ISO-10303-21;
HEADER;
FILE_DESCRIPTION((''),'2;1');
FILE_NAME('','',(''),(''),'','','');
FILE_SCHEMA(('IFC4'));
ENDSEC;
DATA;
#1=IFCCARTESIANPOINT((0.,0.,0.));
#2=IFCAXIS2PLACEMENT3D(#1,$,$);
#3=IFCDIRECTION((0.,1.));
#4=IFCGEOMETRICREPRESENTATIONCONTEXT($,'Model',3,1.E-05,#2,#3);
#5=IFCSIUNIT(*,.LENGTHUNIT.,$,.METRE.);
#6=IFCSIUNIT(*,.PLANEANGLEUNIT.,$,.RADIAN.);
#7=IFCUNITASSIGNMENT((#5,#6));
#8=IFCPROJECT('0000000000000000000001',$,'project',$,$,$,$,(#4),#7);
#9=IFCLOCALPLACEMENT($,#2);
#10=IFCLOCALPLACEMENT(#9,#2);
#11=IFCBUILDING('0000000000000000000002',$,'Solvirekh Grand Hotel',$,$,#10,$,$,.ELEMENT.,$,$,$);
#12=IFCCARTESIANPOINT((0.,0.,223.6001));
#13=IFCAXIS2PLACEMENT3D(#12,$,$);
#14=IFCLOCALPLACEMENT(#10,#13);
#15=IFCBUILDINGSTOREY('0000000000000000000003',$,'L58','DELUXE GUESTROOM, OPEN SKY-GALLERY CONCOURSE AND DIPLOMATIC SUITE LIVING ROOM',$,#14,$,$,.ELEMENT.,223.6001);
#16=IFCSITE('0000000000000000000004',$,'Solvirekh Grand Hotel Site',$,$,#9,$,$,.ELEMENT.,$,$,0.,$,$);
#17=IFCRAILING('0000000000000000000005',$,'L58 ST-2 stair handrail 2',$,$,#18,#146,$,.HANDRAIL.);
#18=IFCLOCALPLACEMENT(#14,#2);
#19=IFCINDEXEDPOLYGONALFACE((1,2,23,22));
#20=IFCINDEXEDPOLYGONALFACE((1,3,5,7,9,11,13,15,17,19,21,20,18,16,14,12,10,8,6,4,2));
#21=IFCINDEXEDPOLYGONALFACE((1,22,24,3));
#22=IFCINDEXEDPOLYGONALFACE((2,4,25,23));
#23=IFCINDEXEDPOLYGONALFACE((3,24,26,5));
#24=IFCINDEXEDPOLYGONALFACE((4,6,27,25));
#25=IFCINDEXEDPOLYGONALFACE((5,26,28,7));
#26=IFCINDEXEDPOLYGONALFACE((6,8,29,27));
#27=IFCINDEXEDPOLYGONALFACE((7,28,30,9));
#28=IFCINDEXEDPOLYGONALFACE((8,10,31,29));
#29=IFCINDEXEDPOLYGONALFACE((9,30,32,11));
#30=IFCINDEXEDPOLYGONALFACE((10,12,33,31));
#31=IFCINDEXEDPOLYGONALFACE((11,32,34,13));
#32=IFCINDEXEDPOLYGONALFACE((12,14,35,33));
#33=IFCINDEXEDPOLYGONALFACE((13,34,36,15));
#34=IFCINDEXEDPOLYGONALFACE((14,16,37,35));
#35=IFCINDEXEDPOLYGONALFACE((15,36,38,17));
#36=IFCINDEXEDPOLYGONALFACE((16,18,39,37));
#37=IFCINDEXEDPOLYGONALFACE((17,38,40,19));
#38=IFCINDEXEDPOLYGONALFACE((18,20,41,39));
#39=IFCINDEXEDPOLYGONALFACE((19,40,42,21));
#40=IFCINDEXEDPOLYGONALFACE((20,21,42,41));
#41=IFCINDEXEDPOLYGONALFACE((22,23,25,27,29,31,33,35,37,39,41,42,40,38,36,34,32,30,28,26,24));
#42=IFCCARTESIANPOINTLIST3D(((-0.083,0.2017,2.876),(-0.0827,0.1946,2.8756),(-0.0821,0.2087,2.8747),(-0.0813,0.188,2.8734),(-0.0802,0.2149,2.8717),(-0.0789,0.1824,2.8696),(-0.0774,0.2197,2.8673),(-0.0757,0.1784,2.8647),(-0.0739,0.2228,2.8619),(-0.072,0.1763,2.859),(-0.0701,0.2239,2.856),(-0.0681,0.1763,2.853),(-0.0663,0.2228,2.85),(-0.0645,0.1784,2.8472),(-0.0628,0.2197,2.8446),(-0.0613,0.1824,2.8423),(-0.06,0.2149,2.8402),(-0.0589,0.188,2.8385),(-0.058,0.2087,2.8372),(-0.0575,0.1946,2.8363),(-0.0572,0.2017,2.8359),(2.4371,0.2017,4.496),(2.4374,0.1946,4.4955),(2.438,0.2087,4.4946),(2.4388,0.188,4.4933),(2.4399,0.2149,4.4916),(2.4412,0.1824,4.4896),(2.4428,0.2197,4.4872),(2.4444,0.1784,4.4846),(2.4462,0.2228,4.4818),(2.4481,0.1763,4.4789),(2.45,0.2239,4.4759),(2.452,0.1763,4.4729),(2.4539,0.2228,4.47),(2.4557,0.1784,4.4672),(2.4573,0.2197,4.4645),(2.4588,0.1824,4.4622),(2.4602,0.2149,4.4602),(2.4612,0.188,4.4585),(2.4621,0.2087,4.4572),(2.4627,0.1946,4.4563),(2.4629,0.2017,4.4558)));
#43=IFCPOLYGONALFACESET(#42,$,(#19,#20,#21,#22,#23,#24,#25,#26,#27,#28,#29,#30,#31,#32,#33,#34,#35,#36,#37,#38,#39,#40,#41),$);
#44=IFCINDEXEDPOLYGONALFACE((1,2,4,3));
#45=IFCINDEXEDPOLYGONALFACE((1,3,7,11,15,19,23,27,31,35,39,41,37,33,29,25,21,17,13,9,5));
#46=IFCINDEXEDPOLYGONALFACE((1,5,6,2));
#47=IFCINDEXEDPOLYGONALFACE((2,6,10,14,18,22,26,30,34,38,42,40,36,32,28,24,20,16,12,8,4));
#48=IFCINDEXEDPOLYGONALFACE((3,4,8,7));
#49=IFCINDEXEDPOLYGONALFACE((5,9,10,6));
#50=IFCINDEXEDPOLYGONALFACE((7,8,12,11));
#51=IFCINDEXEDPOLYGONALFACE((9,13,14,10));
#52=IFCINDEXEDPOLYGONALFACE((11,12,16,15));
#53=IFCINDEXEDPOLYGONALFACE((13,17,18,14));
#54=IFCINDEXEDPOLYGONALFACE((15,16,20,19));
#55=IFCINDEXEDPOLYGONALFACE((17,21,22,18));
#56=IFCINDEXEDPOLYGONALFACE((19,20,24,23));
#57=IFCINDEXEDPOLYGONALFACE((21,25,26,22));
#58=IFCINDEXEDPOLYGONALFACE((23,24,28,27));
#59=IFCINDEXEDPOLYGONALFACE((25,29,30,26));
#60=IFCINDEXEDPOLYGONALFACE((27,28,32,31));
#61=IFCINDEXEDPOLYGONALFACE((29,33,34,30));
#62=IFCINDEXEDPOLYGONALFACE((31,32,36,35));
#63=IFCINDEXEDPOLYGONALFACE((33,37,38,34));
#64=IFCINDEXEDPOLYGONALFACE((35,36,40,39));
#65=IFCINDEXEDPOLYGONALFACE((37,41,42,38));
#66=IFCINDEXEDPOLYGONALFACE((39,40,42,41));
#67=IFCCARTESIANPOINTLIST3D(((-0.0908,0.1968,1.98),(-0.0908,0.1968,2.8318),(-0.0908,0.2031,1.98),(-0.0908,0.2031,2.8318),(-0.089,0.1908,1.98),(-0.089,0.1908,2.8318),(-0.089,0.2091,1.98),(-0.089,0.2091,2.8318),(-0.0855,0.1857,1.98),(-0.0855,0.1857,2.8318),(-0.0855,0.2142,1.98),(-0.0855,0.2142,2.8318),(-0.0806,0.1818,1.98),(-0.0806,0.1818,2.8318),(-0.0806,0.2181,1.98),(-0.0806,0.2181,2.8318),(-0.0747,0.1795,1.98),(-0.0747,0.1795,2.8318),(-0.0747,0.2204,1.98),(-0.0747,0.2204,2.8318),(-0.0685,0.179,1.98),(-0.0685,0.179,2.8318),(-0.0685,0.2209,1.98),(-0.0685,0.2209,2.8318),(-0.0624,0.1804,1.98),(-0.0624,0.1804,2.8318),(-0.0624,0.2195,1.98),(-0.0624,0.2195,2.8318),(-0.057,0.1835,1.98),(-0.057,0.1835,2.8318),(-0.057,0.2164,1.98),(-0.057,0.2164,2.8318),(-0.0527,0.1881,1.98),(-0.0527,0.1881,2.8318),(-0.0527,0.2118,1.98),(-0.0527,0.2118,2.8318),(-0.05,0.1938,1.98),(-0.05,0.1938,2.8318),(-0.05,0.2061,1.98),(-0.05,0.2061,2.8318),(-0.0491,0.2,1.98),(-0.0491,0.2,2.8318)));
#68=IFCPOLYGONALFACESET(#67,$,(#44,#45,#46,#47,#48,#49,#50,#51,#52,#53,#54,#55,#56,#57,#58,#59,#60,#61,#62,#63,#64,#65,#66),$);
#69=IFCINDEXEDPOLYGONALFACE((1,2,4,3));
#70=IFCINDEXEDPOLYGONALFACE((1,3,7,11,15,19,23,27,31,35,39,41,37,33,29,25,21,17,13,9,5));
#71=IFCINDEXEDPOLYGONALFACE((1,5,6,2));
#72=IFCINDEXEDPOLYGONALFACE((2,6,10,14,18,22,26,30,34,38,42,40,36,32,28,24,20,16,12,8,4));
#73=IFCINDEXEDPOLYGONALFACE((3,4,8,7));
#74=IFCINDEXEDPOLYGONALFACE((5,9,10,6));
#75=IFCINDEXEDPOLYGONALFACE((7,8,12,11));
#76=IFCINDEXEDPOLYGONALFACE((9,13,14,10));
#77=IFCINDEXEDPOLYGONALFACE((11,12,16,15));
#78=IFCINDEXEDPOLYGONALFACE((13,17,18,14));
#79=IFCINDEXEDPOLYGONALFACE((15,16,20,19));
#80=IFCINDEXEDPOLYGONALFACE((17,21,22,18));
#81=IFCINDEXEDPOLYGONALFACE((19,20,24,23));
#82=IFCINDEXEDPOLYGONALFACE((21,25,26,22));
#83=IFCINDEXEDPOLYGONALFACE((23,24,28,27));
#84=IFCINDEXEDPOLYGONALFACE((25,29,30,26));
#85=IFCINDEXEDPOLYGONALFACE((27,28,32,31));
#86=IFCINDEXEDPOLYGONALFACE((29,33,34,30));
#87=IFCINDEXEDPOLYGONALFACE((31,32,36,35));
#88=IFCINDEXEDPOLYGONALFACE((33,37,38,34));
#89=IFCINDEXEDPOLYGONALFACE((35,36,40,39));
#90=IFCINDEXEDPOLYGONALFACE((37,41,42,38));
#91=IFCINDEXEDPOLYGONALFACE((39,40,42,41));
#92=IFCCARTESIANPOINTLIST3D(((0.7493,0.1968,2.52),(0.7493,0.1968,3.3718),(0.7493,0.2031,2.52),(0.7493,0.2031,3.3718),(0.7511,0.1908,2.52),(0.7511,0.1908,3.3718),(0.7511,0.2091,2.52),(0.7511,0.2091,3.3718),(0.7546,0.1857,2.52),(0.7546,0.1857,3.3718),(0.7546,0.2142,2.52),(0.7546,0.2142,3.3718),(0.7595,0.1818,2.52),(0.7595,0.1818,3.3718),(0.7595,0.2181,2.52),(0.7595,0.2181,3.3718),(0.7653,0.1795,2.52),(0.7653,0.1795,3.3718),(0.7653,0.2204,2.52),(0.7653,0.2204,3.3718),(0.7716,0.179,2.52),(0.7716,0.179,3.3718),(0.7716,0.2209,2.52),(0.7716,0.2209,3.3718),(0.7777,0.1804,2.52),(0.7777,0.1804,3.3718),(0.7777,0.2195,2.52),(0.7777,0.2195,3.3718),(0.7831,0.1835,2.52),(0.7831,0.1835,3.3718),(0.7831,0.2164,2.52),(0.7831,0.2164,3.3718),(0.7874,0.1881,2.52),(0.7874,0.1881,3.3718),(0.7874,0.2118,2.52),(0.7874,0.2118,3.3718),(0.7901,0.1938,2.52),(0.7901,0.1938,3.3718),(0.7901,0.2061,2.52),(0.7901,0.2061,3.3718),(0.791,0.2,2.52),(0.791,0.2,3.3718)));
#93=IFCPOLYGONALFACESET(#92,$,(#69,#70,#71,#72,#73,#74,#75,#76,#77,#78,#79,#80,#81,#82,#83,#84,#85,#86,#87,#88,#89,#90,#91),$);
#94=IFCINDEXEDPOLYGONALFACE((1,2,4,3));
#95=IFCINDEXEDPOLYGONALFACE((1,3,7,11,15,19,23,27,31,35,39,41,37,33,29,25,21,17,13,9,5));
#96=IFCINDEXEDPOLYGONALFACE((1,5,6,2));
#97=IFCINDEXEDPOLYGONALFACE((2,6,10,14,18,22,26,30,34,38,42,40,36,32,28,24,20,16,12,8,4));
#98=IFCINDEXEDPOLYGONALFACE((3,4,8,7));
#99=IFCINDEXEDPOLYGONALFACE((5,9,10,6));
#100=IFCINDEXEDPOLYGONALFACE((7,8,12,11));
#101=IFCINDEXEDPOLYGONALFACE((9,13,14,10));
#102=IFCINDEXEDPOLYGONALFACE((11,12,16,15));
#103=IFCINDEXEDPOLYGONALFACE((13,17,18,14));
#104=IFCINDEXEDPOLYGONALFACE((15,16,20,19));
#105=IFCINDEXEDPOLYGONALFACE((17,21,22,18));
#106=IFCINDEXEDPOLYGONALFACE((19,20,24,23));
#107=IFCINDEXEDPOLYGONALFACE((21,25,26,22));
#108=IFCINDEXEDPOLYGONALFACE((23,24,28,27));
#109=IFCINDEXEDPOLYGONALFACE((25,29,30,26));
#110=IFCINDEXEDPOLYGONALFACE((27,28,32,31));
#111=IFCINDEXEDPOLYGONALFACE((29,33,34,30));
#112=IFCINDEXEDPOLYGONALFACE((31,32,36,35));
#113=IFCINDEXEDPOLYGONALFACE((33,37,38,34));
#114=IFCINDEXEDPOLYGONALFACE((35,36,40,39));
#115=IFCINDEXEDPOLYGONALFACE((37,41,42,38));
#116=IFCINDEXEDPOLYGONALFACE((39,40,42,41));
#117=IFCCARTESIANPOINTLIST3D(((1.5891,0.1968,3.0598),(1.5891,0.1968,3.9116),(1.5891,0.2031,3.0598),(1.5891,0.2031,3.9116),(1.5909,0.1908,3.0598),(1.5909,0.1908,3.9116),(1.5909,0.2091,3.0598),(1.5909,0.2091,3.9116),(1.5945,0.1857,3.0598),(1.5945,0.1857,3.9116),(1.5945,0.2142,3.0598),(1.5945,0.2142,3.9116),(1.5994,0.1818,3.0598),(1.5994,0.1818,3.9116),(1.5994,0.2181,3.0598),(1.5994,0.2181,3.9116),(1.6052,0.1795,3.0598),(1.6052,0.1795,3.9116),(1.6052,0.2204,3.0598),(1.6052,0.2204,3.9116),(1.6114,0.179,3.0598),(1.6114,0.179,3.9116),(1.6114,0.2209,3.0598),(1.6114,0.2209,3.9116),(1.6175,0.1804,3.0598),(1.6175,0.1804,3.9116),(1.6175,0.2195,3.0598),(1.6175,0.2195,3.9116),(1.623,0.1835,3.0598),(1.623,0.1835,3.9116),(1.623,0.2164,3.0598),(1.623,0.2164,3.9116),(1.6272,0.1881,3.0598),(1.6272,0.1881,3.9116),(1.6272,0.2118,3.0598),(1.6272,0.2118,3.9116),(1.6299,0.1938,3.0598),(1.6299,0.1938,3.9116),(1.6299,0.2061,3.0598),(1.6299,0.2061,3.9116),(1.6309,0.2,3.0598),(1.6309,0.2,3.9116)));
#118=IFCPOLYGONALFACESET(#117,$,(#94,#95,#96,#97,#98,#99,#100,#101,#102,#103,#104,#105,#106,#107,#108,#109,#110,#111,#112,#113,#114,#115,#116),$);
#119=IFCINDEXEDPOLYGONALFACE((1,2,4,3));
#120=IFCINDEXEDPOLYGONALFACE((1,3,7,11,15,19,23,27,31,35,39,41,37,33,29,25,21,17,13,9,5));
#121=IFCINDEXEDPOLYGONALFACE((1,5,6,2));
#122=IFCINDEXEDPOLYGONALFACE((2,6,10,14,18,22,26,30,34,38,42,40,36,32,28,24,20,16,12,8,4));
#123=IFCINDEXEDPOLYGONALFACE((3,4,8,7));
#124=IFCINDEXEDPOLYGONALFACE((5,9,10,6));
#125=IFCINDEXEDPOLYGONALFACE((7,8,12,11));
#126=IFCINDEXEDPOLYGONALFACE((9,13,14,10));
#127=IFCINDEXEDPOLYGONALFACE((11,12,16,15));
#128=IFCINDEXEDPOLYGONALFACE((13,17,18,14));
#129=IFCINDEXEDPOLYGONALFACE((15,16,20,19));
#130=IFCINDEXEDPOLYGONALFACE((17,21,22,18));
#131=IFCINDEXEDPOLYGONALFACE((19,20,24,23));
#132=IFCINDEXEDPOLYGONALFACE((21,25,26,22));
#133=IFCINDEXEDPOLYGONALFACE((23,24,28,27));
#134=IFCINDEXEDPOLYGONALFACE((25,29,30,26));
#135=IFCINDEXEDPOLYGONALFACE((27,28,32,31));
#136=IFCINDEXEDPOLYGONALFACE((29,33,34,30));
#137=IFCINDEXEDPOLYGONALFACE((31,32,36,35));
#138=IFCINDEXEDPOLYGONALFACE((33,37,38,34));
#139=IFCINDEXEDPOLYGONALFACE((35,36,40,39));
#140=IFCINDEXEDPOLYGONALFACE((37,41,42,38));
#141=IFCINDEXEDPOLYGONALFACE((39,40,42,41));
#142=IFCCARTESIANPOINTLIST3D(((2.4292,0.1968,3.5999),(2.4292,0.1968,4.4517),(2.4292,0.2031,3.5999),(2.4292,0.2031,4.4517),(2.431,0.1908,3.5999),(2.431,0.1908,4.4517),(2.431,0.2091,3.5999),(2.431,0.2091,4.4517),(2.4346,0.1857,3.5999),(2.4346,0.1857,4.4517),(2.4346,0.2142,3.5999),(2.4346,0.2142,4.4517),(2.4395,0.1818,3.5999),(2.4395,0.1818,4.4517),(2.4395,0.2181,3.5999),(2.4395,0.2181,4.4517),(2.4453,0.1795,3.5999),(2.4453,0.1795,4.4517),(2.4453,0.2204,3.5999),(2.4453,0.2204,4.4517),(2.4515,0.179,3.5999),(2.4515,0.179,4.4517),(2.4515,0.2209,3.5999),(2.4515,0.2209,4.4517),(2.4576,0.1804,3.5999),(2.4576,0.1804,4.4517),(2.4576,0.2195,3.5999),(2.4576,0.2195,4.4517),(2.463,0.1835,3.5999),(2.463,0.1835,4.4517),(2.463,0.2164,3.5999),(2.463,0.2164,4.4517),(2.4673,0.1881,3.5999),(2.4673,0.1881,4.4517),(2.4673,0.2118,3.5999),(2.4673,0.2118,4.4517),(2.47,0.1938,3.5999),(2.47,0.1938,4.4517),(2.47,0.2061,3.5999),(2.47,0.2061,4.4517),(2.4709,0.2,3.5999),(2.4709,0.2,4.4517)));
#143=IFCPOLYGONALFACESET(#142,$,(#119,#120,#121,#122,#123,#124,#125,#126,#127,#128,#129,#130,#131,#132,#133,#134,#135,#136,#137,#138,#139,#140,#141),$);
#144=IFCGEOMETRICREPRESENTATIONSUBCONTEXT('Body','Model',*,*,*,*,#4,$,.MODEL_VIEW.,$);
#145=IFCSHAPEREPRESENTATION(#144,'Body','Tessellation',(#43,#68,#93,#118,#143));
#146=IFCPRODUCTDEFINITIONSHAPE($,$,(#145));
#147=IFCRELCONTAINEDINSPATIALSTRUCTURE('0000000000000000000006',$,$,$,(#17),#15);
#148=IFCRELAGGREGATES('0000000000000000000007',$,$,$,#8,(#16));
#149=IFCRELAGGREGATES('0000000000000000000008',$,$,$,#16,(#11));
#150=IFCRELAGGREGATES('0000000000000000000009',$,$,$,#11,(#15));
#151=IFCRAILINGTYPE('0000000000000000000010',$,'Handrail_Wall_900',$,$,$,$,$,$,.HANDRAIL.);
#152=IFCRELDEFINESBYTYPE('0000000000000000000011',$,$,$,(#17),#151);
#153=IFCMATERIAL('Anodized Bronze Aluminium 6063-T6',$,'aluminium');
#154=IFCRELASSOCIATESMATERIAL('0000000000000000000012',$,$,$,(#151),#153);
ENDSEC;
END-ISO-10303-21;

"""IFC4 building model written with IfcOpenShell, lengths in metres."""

from ifc_helpers import new_model, si_unit, direction, frame, origin, origin_2d, place, context, subcontext, project, spatial, circle, extrude, material, type_object, element, save


model = new_model("IFC4")

# Units and contexts
model_context = context("Model", 3, precision=1e-05, world=origin(), true_north=direction((0.0, 1.0)))
body_context = subcontext(model_context, "Body", "Model", "MODEL_VIEW")
ifc_project = project(units=[si_unit("LENGTHUNIT", "METRE"), si_unit("PLANEANGLEUNIT", "RADIAN")], contexts=[model_context])

# Site, building, storey
site_placement = place(None, origin())
site = spatial("IfcSite", under=ifc_project, at=site_placement, Name="Solvirekh Grand Hotel Site", CompositionType="ELEMENT", RefElevation=0.0)
building_placement = place(site_placement, origin())
building = spatial("IfcBuilding", under=site, at=building_placement, Name="Solvirekh Grand Hotel", CompositionType="ELEMENT")
storey_placement = place(building_placement, frame((0.0, 0.0, 223.6001)))
storey = spatial("IfcBuildingStorey", under=building, at=storey_placement, Name="L58", Description="DELUXE GUESTROOM, OPEN SKY-GALLERY CONCOURSE AND DIPLOMATIC SUITE LIVING ROOM", CompositionType="ELEMENT", Elevation=223.6001)

# Railing
ifc_material_1 = material(Name="Anodized Bronze Aluminium 6063-T6", Category="aluminium")
railing_type_1 = type_object("IfcRailingType", Name="Handrail_Wall_900", PredefinedType="HANDRAIL", material=ifc_material_1)
railing_1_placement = place(storey_placement, frame((-0.0701, 0.2, 1.98)))
element("IfcRailing", 1, at=railing_1_placement, inside=storey, type_object=railing_type_1, Name="L58 ST-2 stair handrail 2", PredefinedType="HANDRAIL", context=body_context, shape_type="SweptSolid", body=[
    extrude(circle(Radius=0.0239, at=origin_2d()), frame((0.0, 0.0, 0.876), z_axis=(0.8412, 0.0, 0.540725), x_axis=(0.0, 1.0, 0.0)), (0.0, 0.0, 1.0), 2.9958),
    extrude(circle(Radius=0.021, at=origin_2d()), origin(), (0.0, 0.0, 1.0), 0.8518),
    extrude(circle(Radius=0.021, at=origin_2d()), frame((0.8401, 0.0, 0.54)), (0.0, 0.0, 1.0), 0.8518),
    extrude(circle(Radius=0.021, at=origin_2d()), frame((1.6799, 0.0, 1.0798)), (0.0, 0.0, 1.0), 0.8518),
    extrude(circle(Radius=0.021, at=origin_2d()), frame((2.52, 0.0, 1.6199)), (0.0, 0.0, 1.0), 0.8518),
])

save(model, "model.ifc")
